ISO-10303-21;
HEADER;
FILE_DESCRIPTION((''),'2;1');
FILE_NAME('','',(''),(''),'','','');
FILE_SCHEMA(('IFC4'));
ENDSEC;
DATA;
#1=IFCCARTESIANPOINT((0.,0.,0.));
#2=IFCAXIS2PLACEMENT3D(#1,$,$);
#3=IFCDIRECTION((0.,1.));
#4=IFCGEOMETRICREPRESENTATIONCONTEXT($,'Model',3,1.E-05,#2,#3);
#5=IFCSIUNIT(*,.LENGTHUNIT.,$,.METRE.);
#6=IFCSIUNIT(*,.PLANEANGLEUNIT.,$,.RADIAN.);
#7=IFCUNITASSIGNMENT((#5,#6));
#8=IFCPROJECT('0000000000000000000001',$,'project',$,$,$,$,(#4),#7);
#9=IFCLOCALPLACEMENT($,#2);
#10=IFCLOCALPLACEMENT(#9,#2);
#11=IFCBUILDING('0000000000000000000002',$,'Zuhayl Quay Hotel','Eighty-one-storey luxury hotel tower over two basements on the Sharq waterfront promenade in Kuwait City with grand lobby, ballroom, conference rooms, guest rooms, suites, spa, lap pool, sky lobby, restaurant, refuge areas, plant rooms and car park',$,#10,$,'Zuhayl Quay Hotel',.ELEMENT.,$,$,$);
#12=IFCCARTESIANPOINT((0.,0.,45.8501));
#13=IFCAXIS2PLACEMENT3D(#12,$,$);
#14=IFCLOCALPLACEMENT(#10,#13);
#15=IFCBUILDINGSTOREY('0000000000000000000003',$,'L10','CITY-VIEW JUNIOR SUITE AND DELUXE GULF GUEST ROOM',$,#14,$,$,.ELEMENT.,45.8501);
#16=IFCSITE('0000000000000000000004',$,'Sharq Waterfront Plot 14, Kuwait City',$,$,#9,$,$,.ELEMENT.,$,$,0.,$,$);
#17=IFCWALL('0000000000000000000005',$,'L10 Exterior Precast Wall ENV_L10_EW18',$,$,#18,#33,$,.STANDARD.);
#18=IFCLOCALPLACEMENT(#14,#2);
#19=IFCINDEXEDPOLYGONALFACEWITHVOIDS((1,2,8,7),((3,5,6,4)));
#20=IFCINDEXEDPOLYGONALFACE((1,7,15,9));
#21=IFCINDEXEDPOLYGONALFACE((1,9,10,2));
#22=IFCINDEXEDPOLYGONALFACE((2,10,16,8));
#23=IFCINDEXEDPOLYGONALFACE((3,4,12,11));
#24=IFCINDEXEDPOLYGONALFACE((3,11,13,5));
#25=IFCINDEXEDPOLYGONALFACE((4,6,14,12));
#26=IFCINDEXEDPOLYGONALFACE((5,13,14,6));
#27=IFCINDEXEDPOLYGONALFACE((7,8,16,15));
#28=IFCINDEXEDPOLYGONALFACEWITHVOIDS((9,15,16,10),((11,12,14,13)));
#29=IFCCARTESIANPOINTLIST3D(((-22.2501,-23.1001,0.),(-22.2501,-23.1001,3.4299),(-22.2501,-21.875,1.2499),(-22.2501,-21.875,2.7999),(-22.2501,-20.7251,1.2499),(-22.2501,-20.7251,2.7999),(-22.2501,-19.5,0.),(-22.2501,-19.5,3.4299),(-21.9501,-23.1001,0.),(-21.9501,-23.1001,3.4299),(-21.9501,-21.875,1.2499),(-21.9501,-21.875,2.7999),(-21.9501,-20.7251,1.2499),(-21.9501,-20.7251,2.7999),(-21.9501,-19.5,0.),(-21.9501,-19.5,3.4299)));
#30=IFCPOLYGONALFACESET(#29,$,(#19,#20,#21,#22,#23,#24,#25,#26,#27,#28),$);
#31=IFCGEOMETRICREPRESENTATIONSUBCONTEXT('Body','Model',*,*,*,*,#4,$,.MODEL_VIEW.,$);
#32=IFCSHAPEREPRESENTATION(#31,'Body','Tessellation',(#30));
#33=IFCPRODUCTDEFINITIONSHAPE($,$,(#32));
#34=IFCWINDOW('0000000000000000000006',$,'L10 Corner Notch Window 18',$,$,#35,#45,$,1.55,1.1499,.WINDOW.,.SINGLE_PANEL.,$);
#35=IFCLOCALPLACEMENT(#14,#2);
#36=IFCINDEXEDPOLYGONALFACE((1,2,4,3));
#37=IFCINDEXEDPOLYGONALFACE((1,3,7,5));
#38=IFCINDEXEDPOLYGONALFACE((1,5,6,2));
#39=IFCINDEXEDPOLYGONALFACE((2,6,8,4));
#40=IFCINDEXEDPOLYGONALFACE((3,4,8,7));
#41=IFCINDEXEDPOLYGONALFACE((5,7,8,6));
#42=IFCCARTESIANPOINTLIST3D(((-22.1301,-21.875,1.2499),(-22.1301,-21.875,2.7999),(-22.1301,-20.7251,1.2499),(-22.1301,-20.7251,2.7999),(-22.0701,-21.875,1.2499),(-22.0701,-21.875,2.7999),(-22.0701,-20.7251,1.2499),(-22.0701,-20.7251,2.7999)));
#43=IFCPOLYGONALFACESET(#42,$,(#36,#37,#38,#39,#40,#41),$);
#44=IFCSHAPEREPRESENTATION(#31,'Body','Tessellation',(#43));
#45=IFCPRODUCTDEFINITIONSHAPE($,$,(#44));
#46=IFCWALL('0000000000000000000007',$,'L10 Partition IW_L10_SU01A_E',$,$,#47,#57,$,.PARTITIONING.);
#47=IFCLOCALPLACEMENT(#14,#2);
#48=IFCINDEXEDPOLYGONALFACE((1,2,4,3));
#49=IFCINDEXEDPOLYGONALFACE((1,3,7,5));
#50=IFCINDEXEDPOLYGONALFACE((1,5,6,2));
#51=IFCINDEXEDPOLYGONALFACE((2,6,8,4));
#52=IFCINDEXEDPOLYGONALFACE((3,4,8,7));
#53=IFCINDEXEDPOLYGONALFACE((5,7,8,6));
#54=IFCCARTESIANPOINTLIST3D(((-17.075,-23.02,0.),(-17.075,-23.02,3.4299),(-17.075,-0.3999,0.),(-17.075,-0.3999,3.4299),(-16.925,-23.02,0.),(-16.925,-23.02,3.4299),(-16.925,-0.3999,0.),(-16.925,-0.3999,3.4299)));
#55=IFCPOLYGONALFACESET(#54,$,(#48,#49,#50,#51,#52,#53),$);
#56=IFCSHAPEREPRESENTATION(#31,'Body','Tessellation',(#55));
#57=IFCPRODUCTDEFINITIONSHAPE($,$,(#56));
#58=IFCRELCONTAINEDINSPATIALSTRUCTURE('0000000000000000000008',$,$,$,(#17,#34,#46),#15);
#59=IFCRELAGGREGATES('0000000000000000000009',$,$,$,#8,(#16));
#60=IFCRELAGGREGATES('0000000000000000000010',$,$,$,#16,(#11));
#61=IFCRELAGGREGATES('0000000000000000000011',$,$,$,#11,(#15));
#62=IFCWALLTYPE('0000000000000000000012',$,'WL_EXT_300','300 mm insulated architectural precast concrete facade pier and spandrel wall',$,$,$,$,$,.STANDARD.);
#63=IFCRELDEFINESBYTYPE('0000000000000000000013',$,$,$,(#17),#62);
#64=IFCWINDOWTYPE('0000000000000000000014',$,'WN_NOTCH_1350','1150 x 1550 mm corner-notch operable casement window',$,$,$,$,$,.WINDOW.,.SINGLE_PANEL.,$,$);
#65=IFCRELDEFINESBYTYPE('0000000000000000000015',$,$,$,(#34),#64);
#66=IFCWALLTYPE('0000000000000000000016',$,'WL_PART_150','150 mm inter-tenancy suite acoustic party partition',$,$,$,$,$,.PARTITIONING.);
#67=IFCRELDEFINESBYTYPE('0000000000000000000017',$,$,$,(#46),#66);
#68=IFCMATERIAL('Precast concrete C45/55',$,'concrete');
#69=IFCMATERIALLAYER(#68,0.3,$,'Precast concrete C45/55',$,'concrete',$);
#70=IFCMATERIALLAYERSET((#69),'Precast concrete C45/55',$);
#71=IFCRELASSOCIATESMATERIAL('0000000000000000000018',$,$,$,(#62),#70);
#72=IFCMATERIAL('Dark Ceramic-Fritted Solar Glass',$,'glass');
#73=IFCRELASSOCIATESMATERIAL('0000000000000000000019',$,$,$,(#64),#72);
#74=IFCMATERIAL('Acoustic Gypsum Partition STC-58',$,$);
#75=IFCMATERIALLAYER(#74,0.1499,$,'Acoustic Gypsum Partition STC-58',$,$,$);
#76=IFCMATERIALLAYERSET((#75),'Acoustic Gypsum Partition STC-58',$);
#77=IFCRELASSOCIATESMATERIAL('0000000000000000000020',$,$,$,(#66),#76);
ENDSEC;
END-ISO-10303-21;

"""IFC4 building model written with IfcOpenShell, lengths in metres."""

from ifc_helpers import new_model, si_unit, direction, frame, frame_2d, origin, place, context, subcontext, project, spatial, rectangle, extrude, material, layer, layer_set, type_object, element, fill, save


model = new_model("IFC4")

# Units and contexts
model_context = context("Model", 3, precision=1e-05, world=origin(), true_north=direction((0.0, 1.0)))
body_context = subcontext(model_context, "Body", "Model", "MODEL_VIEW")
ifc_project = project(units=[si_unit("LENGTHUNIT", "METRE"), si_unit("PLANEANGLEUNIT", "RADIAN")], contexts=[model_context])

# Site, building, storey
site_placement = place(None, origin())
site = spatial("IfcSite", under=ifc_project, at=site_placement, Name="Sharq Waterfront Plot 14, Kuwait City", CompositionType="ELEMENT", RefElevation=0.0)
building_placement = place(site_placement, origin())
building = spatial("IfcBuilding", under=site, at=building_placement, Name="Zuhayl Quay Hotel", Description="Eighty-one-storey luxury hotel tower over two basements on the Sharq waterfront promenade in Kuwait City with grand lobby, ballroom, conference rooms, guest rooms, suites, spa, lap pool, sky lobby, restaurant, refuge areas, plant rooms and car park", LongName="Zuhayl Quay Hotel", CompositionType="ELEMENT")
storey_placement = place(building_placement, frame((0.0, 0.0, 45.8501)))
storey = spatial("IfcBuildingStorey", under=building, at=storey_placement, Name="L10", Description="CITY-VIEW JUNIOR SUITE AND DELUXE GULF GUEST ROOM", CompositionType="ELEMENT", Elevation=45.8501)

# Shared definitions
ifc_material_1 = material(Name="Dark Ceramic-Fritted Solar Glass", Category="glass")

# Shared definitions
ifc_material_2 = material(Name="Precast concrete C45/55", Category="concrete")
ifc_layer_1 = layer(ifc_material_2, 0.3, Name="Precast concrete C45/55", Category="concrete")
ifc_layer_set_1 = layer_set([ifc_layer_1], Name="Precast concrete C45/55")
wall_type_1 = type_object("IfcWallType", Name="WL_EXT_300", Description="300 mm insulated architectural precast concrete facade pier and spandrel wall", PredefinedType="STANDARD", material=ifc_layer_set_1)
window_type = type_object("IfcWindowType", Name="WN_NOTCH_1350", Description="1150 x 1550 mm corner-notch operable casement window", PartitioningType="SINGLE_PANEL", PredefinedType="WINDOW", material=ifc_material_1)

# Wall, opening, window
wall_1_placement = place(storey_placement, frame((-22.1001, -23.1001, 0.0), z_axis=(0.0, 0.0, 1.0), x_axis=(0.0, 1.0, 0.0)))
wall_1 = element("IfcWall", 1, at=wall_1_placement, inside=storey, type_object=wall_type_1, Name="L10 Exterior Precast Wall ENV_L10_EW18", PredefinedType="STANDARD", context=body_context, shape_type="SweptSolid", body=[
    extrude(rectangle(XDim=3.6001, YDim=0.3, at=frame_2d((1.8, 0.0))), origin(), (0.0, 0.0, 1.0), 3.4299),
])
opening_1_placement = place(wall_1_placement, frame((1.2251, 0.0, 1.25)))
opening_1 = element("IfcOpeningElement", 2, at=opening_1_placement, cuts=wall_1, PredefinedType="OPENING", context=body_context, shape_type="SweptSolid", body=[
    extrude(rectangle(XDim=1.1499, YDim=1.55, at=frame_2d((0.575, 0.7749))), frame((0.0, 0.1599, 0.0), z_axis=(0.0, -1.0, 0.0), x_axis=(1.0, 0.0, 0.0)), (0.0, 0.0, 1.0), 0.3201),
])
window_1_placement = place(opening_1_placement, origin())
window_1 = element("IfcWindow", 3, at=window_1_placement, inside=storey, type_object=window_type, Name="L10 Corner Notch Window 18", OverallHeight=1.55, OverallWidth=1.1499, PartitioningType="SINGLE_PANEL", PredefinedType="WINDOW", context=body_context, shape_type="SweptSolid", body=[
    extrude(rectangle(XDim=1.1499, YDim=1.55, at=frame_2d((0.575, 0.7749))), frame((0.0, 0.03, 0.0), z_axis=(0.0, -1.0, 0.0), x_axis=(1.0, 0.0, 0.0)), (0.0, 0.0, 1.0), 0.0601),
])
fill(opening_1, window_1)

# Wall
ifc_material_3 = material(Name="Acoustic Gypsum Partition STC-58")
ifc_layer_2 = layer(ifc_material_3, 0.1499, Name="Acoustic Gypsum Partition STC-58")
ifc_layer_set_2 = layer_set([ifc_layer_2], Name="Acoustic Gypsum Partition STC-58")
wall_type_2 = type_object("IfcWallType", Name="WL_PART_150", Description="150 mm inter-tenancy suite acoustic party partition", PredefinedType="PARTITIONING", material=ifc_layer_set_2)
wall_2_placement = place(storey_placement, frame((-17.0, -23.02, 0.0), z_axis=(0.0, 0.0, 1.0), x_axis=(0.0, 1.0, 0.0)))
element("IfcWall", 4, at=wall_2_placement, inside=storey, type_object=wall_type_2, Name="L10 Partition IW_L10_SU01A_E", PredefinedType="PARTITIONING", context=body_context, shape_type="SweptSolid", body=[
    extrude(rectangle(XDim=22.6201, YDim=0.1499, at=frame_2d((11.3101, 0.0))), origin(), (0.0, 0.0, 1.0), 3.4299),
])

save(model, "model.ifc")
